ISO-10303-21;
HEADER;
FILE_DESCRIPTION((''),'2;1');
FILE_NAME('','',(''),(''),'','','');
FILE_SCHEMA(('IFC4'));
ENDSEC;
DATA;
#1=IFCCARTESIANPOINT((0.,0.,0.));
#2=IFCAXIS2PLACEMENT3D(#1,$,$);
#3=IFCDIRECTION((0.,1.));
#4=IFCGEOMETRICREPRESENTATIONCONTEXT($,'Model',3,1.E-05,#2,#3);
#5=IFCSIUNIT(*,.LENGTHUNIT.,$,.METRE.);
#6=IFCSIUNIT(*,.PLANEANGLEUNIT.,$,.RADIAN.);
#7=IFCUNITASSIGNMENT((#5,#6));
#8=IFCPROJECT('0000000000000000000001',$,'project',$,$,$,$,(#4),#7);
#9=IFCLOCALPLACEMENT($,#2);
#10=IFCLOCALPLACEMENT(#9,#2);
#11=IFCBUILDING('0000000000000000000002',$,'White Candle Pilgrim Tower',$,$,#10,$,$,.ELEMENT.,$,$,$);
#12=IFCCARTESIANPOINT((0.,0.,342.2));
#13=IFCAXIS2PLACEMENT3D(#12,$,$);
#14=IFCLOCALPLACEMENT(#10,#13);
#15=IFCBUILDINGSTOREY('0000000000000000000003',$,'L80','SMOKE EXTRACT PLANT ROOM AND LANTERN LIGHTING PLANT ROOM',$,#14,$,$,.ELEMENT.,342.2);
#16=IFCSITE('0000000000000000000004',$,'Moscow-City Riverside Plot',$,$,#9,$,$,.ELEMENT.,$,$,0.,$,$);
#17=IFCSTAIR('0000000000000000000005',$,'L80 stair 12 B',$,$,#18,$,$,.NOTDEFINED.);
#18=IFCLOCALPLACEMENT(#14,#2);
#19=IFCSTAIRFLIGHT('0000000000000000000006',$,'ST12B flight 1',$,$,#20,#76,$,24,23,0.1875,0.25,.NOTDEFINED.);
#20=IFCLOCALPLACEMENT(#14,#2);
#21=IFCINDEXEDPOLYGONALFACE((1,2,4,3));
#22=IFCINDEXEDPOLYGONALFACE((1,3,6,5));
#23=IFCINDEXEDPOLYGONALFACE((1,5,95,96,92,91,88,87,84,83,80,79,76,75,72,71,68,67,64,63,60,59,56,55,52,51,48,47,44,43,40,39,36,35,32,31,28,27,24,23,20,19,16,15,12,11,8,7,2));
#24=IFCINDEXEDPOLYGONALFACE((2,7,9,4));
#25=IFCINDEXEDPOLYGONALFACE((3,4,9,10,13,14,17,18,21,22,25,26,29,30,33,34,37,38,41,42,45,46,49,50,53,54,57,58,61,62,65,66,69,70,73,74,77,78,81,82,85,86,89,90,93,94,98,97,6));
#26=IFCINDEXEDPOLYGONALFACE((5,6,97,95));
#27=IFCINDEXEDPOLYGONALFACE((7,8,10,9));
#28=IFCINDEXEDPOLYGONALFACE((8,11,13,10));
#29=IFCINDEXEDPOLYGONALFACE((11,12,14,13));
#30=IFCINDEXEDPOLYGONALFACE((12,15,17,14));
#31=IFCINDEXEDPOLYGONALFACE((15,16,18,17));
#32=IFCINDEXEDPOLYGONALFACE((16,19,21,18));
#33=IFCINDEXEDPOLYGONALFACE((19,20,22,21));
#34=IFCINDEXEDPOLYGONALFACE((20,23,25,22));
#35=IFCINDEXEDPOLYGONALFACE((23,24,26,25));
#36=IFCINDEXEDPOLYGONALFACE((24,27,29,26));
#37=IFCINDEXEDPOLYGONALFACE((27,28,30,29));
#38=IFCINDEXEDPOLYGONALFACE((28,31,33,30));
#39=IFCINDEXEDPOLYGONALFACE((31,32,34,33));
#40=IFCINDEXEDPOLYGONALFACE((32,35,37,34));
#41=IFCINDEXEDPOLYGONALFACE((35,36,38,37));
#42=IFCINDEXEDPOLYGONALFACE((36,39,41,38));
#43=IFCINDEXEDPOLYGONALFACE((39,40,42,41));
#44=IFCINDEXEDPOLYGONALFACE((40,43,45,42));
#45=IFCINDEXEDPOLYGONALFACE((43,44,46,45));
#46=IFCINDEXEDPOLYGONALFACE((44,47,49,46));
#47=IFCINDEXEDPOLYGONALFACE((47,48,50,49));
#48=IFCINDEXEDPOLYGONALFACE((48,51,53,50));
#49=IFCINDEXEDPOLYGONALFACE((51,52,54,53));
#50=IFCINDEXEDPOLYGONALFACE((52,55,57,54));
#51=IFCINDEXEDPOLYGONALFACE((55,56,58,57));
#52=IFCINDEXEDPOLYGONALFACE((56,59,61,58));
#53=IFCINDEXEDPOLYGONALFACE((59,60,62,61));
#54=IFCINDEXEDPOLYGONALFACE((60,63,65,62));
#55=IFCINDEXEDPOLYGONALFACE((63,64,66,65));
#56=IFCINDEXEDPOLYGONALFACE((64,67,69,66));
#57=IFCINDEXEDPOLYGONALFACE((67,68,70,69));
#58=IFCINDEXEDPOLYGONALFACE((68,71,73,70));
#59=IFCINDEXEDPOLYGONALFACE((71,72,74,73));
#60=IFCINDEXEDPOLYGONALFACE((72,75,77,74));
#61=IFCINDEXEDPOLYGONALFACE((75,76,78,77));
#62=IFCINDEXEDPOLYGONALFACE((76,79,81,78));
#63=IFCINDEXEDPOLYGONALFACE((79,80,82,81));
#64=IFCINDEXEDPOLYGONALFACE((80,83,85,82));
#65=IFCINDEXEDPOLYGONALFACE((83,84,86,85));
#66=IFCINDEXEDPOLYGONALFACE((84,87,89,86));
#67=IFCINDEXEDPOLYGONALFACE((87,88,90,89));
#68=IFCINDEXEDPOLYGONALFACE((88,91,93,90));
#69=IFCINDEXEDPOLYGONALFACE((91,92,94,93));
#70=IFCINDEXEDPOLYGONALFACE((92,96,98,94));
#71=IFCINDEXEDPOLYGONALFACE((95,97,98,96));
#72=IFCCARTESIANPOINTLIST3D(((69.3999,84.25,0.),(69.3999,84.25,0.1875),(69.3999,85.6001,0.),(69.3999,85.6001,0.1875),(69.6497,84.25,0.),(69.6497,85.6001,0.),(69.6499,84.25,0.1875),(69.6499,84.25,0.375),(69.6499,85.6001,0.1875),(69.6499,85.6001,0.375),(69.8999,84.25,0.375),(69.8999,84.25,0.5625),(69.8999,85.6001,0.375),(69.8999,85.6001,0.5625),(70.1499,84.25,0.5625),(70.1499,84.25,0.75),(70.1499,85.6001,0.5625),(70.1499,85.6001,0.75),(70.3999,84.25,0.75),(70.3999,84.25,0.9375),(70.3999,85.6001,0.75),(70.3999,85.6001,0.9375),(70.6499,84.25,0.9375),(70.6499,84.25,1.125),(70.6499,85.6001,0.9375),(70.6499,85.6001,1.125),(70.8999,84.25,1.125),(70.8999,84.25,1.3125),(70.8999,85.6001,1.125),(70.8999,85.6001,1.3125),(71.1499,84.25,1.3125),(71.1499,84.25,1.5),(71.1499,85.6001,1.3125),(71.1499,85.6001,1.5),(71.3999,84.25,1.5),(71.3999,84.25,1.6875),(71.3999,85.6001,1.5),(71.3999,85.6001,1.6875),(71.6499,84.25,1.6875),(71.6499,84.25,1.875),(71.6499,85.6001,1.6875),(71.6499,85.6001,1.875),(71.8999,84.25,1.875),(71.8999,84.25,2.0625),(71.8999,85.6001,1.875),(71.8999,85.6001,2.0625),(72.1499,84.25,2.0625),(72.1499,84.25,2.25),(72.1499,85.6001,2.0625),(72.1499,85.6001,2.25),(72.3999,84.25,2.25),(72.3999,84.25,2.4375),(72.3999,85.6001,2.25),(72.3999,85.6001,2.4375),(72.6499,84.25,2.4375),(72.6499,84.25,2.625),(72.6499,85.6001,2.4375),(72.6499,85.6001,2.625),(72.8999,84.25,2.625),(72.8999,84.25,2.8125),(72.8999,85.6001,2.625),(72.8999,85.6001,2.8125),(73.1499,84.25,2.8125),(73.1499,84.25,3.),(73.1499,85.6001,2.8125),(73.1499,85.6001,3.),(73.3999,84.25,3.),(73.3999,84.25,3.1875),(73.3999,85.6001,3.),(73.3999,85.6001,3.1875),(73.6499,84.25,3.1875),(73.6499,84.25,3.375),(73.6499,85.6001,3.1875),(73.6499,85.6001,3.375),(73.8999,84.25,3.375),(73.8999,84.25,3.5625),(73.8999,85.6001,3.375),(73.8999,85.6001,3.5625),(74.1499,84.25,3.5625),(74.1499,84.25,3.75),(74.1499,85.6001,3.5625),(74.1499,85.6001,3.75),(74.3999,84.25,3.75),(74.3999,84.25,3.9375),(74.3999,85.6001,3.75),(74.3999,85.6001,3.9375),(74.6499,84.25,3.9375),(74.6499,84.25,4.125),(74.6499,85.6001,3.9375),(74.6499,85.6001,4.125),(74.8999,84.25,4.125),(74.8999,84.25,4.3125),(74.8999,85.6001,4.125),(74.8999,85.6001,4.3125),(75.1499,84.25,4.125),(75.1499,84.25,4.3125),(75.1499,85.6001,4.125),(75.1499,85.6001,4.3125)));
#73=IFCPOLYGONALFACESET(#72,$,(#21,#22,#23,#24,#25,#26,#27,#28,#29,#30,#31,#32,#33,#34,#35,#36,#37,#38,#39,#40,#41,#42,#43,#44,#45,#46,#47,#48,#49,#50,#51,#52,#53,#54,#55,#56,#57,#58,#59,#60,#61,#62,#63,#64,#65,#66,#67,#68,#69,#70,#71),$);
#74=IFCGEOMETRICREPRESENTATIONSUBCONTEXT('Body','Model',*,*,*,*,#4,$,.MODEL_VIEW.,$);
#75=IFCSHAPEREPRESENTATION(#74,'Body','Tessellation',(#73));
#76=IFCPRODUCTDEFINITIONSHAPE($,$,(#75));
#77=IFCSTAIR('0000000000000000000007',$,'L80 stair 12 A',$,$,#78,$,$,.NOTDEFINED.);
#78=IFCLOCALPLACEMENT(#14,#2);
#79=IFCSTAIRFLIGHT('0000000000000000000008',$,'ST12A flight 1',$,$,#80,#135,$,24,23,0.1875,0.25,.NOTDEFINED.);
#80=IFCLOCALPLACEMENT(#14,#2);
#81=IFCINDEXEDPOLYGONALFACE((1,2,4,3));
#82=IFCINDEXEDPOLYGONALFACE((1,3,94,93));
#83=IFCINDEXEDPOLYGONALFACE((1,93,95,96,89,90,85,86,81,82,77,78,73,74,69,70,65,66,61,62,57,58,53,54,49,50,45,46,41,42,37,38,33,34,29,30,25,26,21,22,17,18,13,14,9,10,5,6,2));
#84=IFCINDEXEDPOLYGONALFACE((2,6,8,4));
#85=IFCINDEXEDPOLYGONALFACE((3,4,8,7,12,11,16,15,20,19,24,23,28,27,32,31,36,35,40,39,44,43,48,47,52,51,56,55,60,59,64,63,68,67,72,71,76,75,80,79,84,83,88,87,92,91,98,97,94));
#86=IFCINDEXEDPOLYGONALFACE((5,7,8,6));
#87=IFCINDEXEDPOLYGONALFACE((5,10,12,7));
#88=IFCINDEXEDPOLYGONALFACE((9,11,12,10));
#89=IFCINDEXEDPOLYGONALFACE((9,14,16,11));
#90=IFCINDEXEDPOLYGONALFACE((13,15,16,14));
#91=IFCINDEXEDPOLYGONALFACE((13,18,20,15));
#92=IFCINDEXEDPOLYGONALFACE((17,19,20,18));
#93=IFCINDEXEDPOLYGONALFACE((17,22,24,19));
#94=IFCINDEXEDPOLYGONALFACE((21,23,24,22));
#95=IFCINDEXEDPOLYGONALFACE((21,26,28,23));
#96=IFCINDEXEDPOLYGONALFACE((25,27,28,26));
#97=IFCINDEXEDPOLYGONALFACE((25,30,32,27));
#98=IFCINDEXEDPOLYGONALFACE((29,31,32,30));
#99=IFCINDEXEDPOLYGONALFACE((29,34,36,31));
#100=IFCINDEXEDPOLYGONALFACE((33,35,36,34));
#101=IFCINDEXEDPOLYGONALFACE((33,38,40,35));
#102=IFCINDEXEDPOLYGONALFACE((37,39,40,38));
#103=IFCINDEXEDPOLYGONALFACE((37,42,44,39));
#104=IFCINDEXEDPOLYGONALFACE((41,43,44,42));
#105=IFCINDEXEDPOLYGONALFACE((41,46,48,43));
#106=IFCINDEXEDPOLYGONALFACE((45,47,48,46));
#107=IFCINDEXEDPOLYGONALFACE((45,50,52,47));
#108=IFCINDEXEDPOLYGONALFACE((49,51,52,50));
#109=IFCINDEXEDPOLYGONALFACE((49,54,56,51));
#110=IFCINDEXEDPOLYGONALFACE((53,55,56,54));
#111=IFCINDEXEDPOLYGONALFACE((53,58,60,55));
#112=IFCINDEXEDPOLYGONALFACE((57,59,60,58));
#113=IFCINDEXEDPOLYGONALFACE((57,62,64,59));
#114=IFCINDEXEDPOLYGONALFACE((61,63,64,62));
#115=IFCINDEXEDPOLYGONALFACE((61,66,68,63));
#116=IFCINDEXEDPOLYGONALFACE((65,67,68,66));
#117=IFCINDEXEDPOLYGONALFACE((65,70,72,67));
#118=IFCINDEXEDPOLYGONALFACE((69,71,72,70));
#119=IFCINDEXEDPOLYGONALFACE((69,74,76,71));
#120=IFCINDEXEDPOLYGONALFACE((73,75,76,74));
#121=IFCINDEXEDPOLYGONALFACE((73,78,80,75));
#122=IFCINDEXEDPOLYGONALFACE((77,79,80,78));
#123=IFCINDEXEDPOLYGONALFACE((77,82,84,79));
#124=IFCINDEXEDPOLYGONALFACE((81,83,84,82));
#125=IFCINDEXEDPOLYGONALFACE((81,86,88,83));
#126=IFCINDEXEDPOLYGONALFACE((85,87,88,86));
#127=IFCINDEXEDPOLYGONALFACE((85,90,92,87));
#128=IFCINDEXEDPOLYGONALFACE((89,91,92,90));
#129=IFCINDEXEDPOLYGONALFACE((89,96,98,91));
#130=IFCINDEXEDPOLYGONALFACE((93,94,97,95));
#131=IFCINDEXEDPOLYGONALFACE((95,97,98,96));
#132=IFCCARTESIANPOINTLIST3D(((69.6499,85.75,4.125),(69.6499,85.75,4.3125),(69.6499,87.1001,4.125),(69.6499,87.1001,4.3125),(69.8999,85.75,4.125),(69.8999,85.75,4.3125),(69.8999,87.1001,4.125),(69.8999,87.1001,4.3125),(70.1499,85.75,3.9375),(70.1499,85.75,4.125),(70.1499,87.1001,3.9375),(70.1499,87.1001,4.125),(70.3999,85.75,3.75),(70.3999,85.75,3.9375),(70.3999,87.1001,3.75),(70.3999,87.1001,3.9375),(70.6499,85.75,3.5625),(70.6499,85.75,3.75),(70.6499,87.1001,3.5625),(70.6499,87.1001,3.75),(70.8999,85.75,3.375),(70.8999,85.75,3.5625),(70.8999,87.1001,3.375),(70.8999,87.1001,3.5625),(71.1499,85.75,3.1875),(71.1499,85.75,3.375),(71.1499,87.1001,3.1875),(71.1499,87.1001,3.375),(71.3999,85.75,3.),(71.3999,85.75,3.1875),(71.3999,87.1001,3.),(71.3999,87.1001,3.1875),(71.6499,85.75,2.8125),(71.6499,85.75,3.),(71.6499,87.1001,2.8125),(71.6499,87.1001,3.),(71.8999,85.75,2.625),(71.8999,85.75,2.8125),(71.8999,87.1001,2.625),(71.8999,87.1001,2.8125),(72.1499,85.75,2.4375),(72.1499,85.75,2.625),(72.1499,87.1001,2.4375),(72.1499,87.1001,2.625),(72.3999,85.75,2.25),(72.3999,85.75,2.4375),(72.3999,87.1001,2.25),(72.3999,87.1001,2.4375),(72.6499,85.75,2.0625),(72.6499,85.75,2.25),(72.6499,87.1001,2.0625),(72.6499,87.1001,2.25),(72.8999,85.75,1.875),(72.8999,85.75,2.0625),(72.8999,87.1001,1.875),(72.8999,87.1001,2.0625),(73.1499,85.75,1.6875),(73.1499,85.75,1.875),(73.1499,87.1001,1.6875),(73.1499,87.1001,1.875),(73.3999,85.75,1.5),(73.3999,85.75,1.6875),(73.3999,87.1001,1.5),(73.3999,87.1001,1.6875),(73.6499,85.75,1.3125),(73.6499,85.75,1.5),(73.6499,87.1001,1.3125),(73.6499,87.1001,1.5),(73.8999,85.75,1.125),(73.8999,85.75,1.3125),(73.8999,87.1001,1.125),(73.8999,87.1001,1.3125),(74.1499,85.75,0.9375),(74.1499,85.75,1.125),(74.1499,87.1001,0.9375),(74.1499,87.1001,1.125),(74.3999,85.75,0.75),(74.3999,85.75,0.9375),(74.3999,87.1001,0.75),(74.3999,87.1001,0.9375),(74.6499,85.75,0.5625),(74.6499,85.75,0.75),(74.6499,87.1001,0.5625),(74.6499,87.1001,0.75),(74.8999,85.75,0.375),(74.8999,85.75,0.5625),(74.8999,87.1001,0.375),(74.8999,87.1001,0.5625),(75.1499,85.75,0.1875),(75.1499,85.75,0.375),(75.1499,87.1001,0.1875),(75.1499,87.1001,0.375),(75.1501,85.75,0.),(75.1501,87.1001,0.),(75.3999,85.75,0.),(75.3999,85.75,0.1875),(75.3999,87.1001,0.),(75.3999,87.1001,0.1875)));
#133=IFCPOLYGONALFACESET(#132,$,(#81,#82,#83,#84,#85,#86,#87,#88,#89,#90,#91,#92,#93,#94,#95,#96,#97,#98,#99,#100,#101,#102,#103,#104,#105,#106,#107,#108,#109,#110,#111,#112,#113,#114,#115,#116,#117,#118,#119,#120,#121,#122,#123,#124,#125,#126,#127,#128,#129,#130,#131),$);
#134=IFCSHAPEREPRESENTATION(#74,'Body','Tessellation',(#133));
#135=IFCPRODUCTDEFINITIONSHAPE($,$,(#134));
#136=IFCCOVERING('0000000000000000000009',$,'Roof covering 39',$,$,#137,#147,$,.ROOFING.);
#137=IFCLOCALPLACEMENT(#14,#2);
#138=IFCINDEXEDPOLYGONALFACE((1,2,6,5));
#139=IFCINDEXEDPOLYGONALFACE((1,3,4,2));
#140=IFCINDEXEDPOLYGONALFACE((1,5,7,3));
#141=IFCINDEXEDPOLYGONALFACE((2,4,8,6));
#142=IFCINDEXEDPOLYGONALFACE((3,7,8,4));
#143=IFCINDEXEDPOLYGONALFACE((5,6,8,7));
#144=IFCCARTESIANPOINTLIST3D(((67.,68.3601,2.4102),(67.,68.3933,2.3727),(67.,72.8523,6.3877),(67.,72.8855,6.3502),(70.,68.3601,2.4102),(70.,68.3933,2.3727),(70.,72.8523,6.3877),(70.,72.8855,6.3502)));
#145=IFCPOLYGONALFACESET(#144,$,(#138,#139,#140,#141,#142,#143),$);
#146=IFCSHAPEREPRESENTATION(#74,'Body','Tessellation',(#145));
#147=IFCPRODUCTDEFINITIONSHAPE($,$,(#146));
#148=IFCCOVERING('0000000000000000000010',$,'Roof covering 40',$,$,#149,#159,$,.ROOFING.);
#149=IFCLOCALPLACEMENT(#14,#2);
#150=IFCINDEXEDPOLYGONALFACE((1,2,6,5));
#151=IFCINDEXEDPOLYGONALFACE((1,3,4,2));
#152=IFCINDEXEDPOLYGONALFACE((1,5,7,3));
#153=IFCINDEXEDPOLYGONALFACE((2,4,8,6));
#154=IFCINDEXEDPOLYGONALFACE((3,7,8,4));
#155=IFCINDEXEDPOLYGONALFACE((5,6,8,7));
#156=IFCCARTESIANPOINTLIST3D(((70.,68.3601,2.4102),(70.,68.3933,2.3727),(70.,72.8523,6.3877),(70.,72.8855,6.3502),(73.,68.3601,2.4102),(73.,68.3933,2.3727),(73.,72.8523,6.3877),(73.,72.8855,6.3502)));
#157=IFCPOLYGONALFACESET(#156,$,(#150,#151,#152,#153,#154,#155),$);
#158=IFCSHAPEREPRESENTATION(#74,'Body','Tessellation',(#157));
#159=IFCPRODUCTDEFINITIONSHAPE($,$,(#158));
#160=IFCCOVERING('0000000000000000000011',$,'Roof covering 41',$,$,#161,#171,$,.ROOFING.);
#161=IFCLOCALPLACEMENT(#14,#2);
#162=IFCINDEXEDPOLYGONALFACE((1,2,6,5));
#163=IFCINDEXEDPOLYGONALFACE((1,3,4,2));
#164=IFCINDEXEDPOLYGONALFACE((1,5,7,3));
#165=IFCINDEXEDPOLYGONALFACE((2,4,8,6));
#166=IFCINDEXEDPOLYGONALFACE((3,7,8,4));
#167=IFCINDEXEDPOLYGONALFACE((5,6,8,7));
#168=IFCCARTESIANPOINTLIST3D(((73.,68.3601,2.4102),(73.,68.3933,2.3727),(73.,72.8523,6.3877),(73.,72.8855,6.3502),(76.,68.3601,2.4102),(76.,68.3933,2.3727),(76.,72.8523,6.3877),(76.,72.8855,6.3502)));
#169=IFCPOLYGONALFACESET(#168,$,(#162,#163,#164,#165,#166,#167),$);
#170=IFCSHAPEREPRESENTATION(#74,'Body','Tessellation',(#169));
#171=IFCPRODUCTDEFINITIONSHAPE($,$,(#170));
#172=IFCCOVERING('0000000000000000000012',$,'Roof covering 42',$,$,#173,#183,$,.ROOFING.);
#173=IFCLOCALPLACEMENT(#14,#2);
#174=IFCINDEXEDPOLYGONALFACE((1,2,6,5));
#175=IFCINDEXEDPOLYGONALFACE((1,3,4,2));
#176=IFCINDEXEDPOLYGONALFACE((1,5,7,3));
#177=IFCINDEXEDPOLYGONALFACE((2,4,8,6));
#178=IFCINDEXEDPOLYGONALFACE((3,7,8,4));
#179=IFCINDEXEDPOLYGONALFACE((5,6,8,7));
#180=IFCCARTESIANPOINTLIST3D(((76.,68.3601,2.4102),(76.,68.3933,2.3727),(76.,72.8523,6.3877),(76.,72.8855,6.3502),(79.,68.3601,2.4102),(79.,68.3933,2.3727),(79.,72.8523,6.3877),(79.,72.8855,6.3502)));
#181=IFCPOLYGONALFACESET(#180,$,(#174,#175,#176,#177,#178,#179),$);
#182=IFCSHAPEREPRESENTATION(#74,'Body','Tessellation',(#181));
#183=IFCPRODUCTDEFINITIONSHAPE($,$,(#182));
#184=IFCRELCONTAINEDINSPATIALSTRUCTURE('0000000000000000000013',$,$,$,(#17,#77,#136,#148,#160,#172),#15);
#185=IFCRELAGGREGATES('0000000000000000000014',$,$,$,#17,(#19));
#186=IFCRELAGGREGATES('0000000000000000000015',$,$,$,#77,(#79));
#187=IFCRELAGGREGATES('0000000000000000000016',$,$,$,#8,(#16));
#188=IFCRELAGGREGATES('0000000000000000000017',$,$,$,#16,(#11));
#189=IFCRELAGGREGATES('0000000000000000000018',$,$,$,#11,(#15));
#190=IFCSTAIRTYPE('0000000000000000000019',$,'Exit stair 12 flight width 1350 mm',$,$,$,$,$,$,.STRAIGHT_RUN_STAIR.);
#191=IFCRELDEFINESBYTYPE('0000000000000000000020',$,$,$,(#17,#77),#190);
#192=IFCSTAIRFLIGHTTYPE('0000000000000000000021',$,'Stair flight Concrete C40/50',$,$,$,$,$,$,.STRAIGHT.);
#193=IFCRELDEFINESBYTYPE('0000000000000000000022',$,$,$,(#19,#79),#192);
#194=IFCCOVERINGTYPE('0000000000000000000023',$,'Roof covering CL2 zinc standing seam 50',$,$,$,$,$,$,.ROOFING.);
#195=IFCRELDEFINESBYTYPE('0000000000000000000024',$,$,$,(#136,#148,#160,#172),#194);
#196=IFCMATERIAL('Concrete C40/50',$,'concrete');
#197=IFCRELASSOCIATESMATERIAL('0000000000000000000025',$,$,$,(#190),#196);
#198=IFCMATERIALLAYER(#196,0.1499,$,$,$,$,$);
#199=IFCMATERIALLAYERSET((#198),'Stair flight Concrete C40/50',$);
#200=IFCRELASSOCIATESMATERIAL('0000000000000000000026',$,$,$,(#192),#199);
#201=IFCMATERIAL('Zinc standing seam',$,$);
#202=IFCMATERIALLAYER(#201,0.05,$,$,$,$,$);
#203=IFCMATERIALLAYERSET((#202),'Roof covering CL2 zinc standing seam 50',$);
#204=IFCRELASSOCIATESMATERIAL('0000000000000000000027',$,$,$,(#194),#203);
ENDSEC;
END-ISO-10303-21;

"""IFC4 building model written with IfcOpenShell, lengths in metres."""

from ifc_helpers import new_model, si_unit, direction, frame, origin, place, context, subcontext, project, spatial, polyline, outline, extrude, material, layer, layer_set, type_object, element, aggregate, save


model = new_model("IFC4")

# Units and contexts
model_context = context("Model", 3, precision=1e-05, world=origin(), true_north=direction((0.0, 1.0)))
body_context = subcontext(model_context, "Body", "Model", "MODEL_VIEW")
ifc_project = project(units=[si_unit("LENGTHUNIT", "METRE"), si_unit("PLANEANGLEUNIT", "RADIAN")], contexts=[model_context])

# Site, building, storey
site_placement = place(None, origin())
site = spatial("IfcSite", under=ifc_project, at=site_placement, Name="Moscow-City Riverside Plot", CompositionType="ELEMENT", RefElevation=0.0)
building_placement = place(site_placement, origin())
building = spatial("IfcBuilding", under=site, at=building_placement, Name="White Candle Pilgrim Tower", CompositionType="ELEMENT")
storey_placement = place(building_placement, frame((0.0, 0.0, 342.2)))
storey = spatial("IfcBuildingStorey", under=building, at=storey_placement, Name="L80", Description="SMOKE EXTRACT PLANT ROOM AND LANTERN LIGHTING PLANT ROOM", CompositionType="ELEMENT", Elevation=342.2)

# Shared definitions
ifc_material_1 = material(Name="Concrete C40/50", Category="concrete")

# Stairs, stair flights
stair_type = type_object("IfcStairType", Name="Exit stair 12 flight width 1350 mm", PredefinedType="STRAIGHT_RUN_STAIR", material=ifc_material_1)
stair_1_placement = place(storey_placement, origin())
stair_1 = element("IfcStair", 1, at=stair_1_placement, inside=storey, type_object=stair_type, Name="L80 stair 12 B", PredefinedType="NOTDEFINED")
ifc_layer_1 = layer(ifc_material_1, 0.1499)
ifc_layer_set_1 = layer_set([ifc_layer_1], Name="Stair flight Concrete C40/50")
stair_flight_type = type_object("IfcStairFlightType", Name="Stair flight Concrete C40/50", PredefinedType="STRAIGHT", material=ifc_layer_set_1)
stair_flight_1_placement = place(storey_placement, frame((69.3999, 84.925, 0.0), z_axis=(0.0, 0.0, 1.0), x_axis=(1.0, 0.0, 0.0)))
stair_flight_1 = element("IfcStairFlight", 2, at=stair_flight_1_placement, type_object=stair_flight_type, Name="ST12B flight 1", NumberOfRisers=24, NumberOfTreads=23, PredefinedType="NOTDEFINED", RiserHeight=0.1875, TreadLength=0.25, context=body_context, shape_type="SweptSolid", body=[
    extrude(outline(polyline([(0.0, 0.0), (0.0, 0.1875), (0.25, 0.1875), (0.25, 0.375), (0.5, 0.375), (0.5, 0.5625), (0.75, 0.5625), (0.75, 0.75), (1.0, 0.75), (1.0, 0.9375), (1.25, 0.9375), (1.25, 1.125), (1.5, 1.125), (1.5, 1.3125), (1.75, 1.3125), (1.75, 1.5), (2.0, 1.5), (2.0, 1.6875), (2.25, 1.6875), (2.25, 1.875), (2.5, 1.875), (2.5, 2.0625), (2.75, 2.0625), (2.75, 2.25), (3.0, 2.25), (3.0, 2.4375), (3.25, 2.4375), (3.25, 2.625), (3.5, 2.625), (3.5, 2.8125), (3.75, 2.8125), (3.75, 3.0), (4.0, 3.0), (4.0, 3.1875), (4.25, 3.1875), (4.25, 3.375), (4.5, 3.375), (4.5, 3.5625), (4.75, 3.5625), (4.75, 3.75), (5.0, 3.75), (5.0, 3.9375), (5.25, 3.9375), (5.25, 4.125), (5.5, 4.125), (5.5, 4.3125), (5.75, 4.3125), (5.75, 4.5), (5.75, 4.125), (0.2498, 0.0), (0.0, 0.0)])), frame((0.0, 0.675, 0.0), z_axis=(0.0, -1.0, 0.0), x_axis=(1.0, 0.0, 0.0)), (0.0, 0.0, 1.0), 1.3501),
])
aggregate(stair_1, [stair_flight_1])
stair_2_placement = place(storey_placement, origin())
stair_2 = element("IfcStair", 3, at=stair_2_placement, inside=storey, type_object=stair_type, Name="L80 stair 12 A", PredefinedType="NOTDEFINED")
stair_flight_2_placement = place(storey_placement, frame((75.3999, 86.425, 0.0), z_axis=(0.0, 0.0, 1.0), x_axis=(-1.0, 0.0, 0.0)))
stair_flight_2 = element("IfcStairFlight", 4, at=stair_flight_2_placement, type_object=stair_flight_type, Name="ST12A flight 1", NumberOfRisers=24, NumberOfTreads=23, PredefinedType="NOTDEFINED", RiserHeight=0.1875, TreadLength=0.25, context=body_context, shape_type="SweptSolid", body=[
    extrude(outline(polyline([(0.0, 0.0), (0.0, 0.1875), (0.25, 0.1875), (0.25, 0.375), (0.5, 0.375), (0.5, 0.5625), (0.75, 0.5625), (0.75, 0.75), (1.0, 0.75), (1.0, 0.9375), (1.25, 0.9375), (1.25, 1.125), (1.5, 1.125), (1.5, 1.3125), (1.75, 1.3125), (1.75, 1.5), (2.0, 1.5), (2.0, 1.6875), (2.25, 1.6875), (2.25, 1.875), (2.5, 1.875), (2.5, 2.0625), (2.75, 2.0625), (2.75, 2.25), (3.0, 2.25), (3.0, 2.4375), (3.25, 2.4375), (3.25, 2.625), (3.5, 2.625), (3.5, 2.8125), (3.75, 2.8125), (3.75, 3.0), (4.0, 3.0), (4.0, 3.1875), (4.25, 3.1875), (4.25, 3.375), (4.5, 3.375), (4.5, 3.5625), (4.75, 3.5625), (4.75, 3.75), (5.0, 3.75), (5.0, 3.9375), (5.25, 3.9375), (5.25, 4.125), (5.5, 4.125), (5.5, 4.3125), (5.75, 4.3125), (5.75, 4.5), (5.75, 4.125), (0.2498, 0.0), (0.0, 0.0)])), frame((0.0, 0.675, 0.0), z_axis=(0.0, -1.0, 0.0), x_axis=(1.0, 0.0, 0.0)), (0.0, 0.0, 1.0), 1.3501),
])
aggregate(stair_2, [stair_flight_2])

# Coverings
ifc_material_2 = material(Name="Zinc standing seam")
ifc_layer_2 = layer(ifc_material_2, 0.05)
ifc_layer_set_2 = layer_set([ifc_layer_2], Name="Roof covering CL2 zinc standing seam 50")
covering_type = type_object("IfcCoveringType", Name="Roof covering CL2 zinc standing seam 50", PredefinedType="ROOFING", material=ifc_layer_set_2)
for number, where, z_axis, x_axis, name in (
    (5, (67.0, 68.3601, 2.4102), (0.0, -0.662918, 0.748692), (0.0, 0.748692, 0.662918), "Roof covering 39"),
    (6, (70.0, 68.3601, 2.4102), (0.0, -0.662918, 0.748692), (0.0, 0.748692, 0.662918), "Roof covering 40"),
    (7, (73.0, 68.3601, 2.4102), (0.0, -0.662918, 0.748692), (0.0, 0.748692, 0.662918), "Roof covering 41"),
    (8, (76.0, 68.3601, 2.4102), (0.0, -0.662918, 0.748692), (0.0, 0.748692, 0.662918), "Roof covering 42"),
):
    element("IfcCovering", number, at=place(storey_placement, frame(where, z_axis=z_axis, x_axis=x_axis)), inside=storey, type_object=covering_type, Name=name, PredefinedType="ROOFING", context=body_context, shape_type="SweptSolid", body=[
        extrude(outline(polyline([(0.0, 0.0), (6.0, 0.0), (6.0, -3.0), (0.0, -3.0), (0.0, 0.0)])), origin(), (0.0, 0.0, -1.0), 0.05),
    ])

save(model, "model.ifc")
